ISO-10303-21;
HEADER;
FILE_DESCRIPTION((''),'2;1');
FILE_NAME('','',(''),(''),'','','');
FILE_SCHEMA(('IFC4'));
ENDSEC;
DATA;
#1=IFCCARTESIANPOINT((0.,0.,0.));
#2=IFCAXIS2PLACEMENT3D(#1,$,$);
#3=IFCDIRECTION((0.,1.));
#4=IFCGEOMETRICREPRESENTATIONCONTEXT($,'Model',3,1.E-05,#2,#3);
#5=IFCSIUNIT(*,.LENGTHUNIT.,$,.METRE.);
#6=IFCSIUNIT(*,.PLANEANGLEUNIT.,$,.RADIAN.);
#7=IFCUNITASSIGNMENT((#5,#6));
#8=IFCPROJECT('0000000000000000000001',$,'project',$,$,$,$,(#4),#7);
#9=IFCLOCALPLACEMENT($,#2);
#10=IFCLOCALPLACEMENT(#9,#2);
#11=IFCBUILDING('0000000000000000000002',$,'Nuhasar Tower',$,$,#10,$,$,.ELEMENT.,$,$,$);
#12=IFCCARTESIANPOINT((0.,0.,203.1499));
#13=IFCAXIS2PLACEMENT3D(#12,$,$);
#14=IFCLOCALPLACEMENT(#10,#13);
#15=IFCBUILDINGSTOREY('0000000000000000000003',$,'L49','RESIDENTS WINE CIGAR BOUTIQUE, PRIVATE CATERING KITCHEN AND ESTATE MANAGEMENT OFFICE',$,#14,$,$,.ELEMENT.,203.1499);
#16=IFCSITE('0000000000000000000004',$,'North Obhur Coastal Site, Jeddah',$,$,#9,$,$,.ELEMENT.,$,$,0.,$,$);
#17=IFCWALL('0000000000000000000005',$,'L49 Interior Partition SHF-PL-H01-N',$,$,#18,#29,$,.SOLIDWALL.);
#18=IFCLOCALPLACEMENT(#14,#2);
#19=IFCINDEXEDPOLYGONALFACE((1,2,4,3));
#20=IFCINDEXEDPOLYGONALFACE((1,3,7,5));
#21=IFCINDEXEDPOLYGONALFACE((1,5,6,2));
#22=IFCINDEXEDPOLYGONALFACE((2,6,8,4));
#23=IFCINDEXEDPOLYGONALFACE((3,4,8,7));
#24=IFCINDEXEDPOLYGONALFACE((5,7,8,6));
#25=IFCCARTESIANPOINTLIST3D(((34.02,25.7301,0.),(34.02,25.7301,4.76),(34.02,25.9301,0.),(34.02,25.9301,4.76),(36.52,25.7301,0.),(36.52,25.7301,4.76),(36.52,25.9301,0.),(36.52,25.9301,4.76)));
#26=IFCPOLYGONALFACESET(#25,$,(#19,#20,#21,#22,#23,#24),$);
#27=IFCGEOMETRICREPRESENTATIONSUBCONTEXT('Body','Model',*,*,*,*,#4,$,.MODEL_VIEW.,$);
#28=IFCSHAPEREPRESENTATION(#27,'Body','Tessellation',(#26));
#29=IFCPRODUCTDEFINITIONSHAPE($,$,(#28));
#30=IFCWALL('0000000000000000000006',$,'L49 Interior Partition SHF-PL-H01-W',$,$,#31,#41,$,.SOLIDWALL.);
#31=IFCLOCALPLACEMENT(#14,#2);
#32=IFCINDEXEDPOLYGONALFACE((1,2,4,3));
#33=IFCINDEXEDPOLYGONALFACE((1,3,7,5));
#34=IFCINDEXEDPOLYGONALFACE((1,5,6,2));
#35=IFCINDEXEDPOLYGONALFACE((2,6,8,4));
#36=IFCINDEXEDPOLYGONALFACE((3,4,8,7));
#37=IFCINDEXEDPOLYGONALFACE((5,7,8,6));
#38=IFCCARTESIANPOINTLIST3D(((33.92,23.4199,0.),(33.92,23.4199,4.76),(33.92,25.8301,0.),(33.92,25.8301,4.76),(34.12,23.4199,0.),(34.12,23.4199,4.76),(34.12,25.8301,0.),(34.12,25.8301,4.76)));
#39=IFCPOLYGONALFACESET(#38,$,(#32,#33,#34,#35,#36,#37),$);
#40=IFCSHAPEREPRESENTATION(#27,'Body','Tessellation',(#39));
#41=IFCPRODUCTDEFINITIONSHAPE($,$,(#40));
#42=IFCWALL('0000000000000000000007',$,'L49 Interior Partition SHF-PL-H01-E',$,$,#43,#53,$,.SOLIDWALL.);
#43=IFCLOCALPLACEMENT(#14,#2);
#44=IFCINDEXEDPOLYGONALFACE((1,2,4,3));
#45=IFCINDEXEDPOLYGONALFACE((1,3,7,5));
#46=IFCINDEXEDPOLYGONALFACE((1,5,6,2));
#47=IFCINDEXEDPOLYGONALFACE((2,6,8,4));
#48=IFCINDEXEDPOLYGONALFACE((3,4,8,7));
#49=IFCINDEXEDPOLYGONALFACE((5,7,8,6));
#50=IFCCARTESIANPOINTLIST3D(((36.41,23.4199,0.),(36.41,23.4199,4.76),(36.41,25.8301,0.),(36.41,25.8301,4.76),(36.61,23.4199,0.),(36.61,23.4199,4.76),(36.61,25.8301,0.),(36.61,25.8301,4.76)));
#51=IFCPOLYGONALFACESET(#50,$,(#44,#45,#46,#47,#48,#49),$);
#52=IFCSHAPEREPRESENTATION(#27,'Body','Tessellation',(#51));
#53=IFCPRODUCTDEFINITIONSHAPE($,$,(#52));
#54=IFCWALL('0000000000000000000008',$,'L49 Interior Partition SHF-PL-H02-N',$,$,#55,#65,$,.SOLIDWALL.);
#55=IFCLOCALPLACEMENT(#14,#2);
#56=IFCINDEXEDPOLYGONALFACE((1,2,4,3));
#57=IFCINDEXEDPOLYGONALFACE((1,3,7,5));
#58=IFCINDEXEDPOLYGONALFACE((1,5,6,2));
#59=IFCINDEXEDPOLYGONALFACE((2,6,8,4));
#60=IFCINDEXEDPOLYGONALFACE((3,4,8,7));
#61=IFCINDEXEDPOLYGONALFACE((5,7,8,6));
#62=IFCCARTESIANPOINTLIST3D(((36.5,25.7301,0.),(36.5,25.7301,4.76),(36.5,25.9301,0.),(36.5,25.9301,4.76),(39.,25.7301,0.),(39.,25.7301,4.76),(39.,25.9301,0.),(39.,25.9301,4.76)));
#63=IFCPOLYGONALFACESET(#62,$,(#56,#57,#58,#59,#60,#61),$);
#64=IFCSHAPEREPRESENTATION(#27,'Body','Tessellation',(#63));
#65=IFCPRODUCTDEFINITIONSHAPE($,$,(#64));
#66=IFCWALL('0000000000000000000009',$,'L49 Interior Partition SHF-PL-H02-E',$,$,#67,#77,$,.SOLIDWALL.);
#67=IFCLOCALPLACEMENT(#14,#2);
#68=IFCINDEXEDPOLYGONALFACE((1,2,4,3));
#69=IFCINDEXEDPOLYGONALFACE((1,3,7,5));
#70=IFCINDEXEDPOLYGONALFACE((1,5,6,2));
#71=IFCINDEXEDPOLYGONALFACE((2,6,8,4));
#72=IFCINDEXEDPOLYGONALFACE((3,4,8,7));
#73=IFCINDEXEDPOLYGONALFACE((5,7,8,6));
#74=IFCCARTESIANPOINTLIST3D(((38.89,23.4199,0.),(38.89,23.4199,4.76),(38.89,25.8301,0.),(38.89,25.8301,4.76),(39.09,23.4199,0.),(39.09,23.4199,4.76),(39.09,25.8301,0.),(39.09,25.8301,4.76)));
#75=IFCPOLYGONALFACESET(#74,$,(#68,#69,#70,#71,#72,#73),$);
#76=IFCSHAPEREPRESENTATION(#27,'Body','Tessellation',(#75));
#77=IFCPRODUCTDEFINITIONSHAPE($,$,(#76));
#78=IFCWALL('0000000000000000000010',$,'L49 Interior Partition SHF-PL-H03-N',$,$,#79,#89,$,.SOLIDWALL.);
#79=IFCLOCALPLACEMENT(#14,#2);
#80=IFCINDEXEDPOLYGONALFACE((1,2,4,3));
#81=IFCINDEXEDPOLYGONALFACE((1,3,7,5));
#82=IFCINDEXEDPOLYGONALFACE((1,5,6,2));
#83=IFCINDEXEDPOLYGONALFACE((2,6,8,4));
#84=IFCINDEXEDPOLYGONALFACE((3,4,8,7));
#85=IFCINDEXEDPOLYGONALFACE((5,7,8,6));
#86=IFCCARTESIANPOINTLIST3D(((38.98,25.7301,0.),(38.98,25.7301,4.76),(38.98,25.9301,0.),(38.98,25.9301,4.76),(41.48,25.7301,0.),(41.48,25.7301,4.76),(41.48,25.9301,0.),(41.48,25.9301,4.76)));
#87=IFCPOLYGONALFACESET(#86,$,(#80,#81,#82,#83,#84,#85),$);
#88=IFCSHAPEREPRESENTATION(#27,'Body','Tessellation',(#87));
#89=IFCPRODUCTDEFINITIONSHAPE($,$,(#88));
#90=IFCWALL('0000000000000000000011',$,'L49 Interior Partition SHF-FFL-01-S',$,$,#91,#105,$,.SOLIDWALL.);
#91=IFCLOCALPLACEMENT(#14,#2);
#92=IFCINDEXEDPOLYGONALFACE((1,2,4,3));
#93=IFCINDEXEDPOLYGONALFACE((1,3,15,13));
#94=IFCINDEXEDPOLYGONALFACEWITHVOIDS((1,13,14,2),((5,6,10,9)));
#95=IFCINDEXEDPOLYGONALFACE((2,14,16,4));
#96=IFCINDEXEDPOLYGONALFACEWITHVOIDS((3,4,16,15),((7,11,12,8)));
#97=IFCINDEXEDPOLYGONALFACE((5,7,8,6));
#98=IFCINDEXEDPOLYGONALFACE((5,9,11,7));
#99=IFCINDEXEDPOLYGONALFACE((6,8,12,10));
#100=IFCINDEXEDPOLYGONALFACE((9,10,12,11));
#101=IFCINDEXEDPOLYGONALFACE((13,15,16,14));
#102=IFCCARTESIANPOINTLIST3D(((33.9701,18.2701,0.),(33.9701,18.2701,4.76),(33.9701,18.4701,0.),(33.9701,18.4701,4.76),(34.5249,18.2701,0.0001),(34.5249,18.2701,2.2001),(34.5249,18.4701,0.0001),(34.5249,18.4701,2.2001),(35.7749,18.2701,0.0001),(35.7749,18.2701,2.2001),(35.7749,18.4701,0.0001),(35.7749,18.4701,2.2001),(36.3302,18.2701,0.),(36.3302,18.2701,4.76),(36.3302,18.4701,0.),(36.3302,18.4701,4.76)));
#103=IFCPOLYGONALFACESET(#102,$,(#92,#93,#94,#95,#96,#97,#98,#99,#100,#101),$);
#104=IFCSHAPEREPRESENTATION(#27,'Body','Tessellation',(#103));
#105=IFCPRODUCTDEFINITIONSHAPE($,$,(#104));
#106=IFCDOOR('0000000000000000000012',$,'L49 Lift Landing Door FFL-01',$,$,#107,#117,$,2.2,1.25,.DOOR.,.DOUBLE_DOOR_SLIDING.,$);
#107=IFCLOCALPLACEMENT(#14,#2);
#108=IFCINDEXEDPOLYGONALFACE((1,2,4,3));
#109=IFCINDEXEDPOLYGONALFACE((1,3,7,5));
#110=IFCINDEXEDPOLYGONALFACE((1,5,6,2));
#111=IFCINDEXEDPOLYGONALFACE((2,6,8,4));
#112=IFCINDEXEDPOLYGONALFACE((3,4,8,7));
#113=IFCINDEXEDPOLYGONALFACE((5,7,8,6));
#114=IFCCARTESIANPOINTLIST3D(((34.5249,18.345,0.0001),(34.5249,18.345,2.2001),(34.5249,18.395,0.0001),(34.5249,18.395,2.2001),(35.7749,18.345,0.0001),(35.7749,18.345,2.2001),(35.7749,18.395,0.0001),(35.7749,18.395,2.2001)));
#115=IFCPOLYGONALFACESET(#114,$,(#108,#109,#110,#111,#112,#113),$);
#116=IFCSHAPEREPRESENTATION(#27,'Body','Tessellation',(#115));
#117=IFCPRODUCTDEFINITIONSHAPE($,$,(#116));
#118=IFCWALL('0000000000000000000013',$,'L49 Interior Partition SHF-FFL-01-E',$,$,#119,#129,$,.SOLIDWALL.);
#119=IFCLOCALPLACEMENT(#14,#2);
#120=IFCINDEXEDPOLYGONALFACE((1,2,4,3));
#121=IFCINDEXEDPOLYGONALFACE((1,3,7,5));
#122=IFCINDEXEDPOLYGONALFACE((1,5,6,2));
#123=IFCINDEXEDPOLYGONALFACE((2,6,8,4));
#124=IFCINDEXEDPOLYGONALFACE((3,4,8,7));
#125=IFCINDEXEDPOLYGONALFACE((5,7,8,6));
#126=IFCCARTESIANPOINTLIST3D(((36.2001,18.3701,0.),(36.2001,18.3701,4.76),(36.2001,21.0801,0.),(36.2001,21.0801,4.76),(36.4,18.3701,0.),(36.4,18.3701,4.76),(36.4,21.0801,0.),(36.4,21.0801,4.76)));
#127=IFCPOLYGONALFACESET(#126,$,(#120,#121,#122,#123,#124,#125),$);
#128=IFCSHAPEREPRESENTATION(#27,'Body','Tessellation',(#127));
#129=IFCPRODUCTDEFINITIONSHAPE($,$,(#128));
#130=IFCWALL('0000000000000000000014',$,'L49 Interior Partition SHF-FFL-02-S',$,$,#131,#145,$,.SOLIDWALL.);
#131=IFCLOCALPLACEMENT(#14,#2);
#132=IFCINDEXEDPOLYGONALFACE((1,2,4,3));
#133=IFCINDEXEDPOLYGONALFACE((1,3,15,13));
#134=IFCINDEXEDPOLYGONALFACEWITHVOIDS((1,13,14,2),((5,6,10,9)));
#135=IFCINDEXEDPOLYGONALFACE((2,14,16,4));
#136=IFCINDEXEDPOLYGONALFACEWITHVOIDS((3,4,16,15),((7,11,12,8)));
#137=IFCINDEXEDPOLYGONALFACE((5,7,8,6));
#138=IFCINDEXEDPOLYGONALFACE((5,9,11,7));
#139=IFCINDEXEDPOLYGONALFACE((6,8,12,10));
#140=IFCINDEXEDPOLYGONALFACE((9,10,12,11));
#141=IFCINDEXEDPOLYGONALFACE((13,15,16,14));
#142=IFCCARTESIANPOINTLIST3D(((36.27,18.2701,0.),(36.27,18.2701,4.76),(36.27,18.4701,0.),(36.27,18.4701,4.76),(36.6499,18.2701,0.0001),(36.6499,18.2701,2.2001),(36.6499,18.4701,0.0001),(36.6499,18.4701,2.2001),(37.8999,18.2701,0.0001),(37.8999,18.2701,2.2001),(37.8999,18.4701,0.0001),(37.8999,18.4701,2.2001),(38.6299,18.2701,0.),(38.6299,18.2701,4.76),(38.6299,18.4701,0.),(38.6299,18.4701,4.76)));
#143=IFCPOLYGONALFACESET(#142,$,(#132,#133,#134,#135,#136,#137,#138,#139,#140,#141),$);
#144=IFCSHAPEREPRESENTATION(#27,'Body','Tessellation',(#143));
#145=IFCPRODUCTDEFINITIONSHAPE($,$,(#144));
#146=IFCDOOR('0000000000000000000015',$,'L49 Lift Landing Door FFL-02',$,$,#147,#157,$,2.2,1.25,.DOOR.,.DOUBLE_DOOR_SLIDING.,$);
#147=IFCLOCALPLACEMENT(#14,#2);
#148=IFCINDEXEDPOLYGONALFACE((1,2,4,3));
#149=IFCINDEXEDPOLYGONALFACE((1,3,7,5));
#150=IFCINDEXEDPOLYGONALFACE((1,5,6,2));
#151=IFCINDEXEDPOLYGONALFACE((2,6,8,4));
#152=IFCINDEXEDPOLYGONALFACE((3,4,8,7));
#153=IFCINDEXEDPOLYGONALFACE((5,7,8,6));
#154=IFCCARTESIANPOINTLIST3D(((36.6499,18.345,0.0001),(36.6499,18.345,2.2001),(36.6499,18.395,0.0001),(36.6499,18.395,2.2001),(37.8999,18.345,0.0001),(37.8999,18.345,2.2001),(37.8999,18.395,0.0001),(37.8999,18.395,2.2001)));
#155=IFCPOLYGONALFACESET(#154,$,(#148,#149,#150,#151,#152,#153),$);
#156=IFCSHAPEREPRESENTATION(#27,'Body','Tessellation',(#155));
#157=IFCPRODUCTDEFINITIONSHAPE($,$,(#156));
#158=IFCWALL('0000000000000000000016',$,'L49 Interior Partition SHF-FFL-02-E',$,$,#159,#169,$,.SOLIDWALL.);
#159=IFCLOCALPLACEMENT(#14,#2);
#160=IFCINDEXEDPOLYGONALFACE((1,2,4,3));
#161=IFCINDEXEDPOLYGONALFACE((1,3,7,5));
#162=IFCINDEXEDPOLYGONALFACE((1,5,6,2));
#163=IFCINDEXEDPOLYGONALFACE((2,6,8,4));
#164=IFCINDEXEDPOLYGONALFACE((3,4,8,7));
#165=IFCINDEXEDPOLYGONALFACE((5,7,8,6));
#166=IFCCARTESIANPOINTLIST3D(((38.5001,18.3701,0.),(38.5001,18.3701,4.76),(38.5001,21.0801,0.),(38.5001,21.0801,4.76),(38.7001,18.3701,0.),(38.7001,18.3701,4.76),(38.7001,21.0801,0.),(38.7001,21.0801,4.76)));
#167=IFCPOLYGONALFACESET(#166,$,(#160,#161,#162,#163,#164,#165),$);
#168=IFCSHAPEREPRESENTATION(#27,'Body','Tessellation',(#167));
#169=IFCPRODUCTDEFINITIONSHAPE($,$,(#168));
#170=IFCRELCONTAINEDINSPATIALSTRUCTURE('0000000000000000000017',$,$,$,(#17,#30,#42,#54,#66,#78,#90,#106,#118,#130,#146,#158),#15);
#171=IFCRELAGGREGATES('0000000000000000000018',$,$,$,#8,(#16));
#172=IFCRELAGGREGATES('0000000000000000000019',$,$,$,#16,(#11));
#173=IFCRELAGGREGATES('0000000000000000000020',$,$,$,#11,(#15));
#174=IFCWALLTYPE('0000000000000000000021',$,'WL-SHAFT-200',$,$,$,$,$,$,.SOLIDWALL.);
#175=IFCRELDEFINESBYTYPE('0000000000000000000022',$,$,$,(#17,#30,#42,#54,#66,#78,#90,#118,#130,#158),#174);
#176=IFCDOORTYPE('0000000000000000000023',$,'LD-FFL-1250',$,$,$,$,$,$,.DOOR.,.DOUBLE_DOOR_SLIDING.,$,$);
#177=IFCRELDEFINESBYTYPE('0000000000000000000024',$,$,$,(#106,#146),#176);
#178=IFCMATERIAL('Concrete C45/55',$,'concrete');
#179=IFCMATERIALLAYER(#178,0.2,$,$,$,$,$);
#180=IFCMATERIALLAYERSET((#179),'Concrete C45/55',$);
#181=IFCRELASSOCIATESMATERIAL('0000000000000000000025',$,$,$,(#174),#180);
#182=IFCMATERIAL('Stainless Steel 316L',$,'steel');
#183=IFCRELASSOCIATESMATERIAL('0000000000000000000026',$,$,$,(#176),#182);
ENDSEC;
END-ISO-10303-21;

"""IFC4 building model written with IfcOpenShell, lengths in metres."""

from ifc_helpers import new_model, si_unit, direction, frame, frame_2d, origin, place, context, subcontext, project, spatial, rectangle, extrude, material, layer, layer_set, type_object, element, fill, save


model = new_model("IFC4")

# Units and contexts
model_context = context("Model", 3, precision=1e-05, world=origin(), true_north=direction((0.0, 1.0)))
body_context = subcontext(model_context, "Body", "Model", "MODEL_VIEW")
ifc_project = project(units=[si_unit("LENGTHUNIT", "METRE"), si_unit("PLANEANGLEUNIT", "RADIAN")], contexts=[model_context])

# Site, building, storey
site_placement = place(None, origin())
site = spatial("IfcSite", under=ifc_project, at=site_placement, Name="North Obhur Coastal Site, Jeddah", CompositionType="ELEMENT", RefElevation=0.0)
building_placement = place(site_placement, origin())
building = spatial("IfcBuilding", under=site, at=building_placement, Name="Nuhasar Tower", CompositionType="ELEMENT")
storey_placement = place(building_placement, frame((0.0, 0.0, 203.1499)))
storey = spatial("IfcBuildingStorey", under=building, at=storey_placement, Name="L49", Description="RESIDENTS WINE CIGAR BOUTIQUE, PRIVATE CATERING KITCHEN AND ESTATE MANAGEMENT OFFICE", CompositionType="ELEMENT", Elevation=203.1499)

# Shared definitions
ifc_material_1 = material(Name="Concrete C45/55", Category="concrete")
ifc_layer = layer(ifc_material_1, 0.2)
ifc_layer_set = layer_set([ifc_layer], Name="Concrete C45/55")
wall_type = type_object("IfcWallType", Name="WL-SHAFT-200", PredefinedType="SOLIDWALL", material=ifc_layer_set)
ifc_material_2 = material(Name="Stainless Steel 316L", Category="steel")

# Walls
wall_1_placement = place(storey_placement, frame((34.02, 25.8301, 0.0), z_axis=(0.0, 0.0, 1.0), x_axis=(1.0, 0.0, 0.0)))
element("IfcWall", 1, at=wall_1_placement, inside=storey, type_object=wall_type, Name="L49 Interior Partition SHF-PL-H01-N", PredefinedType="SOLIDWALL", context=body_context, shape_type="SweptSolid", body=[
    extrude(rectangle(XDim=2.5, YDim=0.2, at=frame_2d((1.25, 0.0))), origin(), (0.0, 0.0, 1.0), 4.76),
])
for number, where, z_axis, x_axis, name in (
    (2, (34.02, 23.4199, 0.0), (0.0, 0.0, 1.0), (0.0, 1.0, 0.0), "L49 Interior Partition SHF-PL-H01-W"),
    (3, (36.51, 23.4199, 0.0), (0.0, 0.0, 1.0), (0.0, 1.0, 0.0), "L49 Interior Partition SHF-PL-H01-E"),
):
    element("IfcWall", number, at=place(storey_placement, frame(where, z_axis=z_axis, x_axis=x_axis)), inside=storey, type_object=wall_type, Name=name, PredefinedType="SOLIDWALL", context=body_context, shape_type="SweptSolid", body=[
        extrude(rectangle(XDim=2.4102, YDim=0.2, at=frame_2d((1.2051, 0.0))), origin(), (0.0, 0.0, 1.0), 4.76),
    ])

# Walls
wall_2_placement = place(storey_placement, frame((36.5, 25.8301, 0.0), z_axis=(0.0, 0.0, 1.0), x_axis=(1.0, 0.0, 0.0)))
element("IfcWall", 4, at=wall_2_placement, inside=storey, type_object=wall_type, Name="L49 Interior Partition SHF-PL-H02-N", PredefinedType="SOLIDWALL", context=body_context, shape_type="SweptSolid", body=[
    extrude(rectangle(XDim=2.5, YDim=0.2, at=frame_2d((1.25, 0.0))), origin(), (0.0, 0.0, 1.0), 4.76),
])
wall_3_placement = place(storey_placement, frame((38.99, 23.4199, 0.0), z_axis=(0.0, 0.0, 1.0), x_axis=(0.0, 1.0, 0.0)))
element("IfcWall", 5, at=wall_3_placement, inside=storey, type_object=wall_type, Name="L49 Interior Partition SHF-PL-H02-E", PredefinedType="SOLIDWALL", context=body_context, shape_type="SweptSolid", body=[
    extrude(rectangle(XDim=2.4102, YDim=0.2, at=frame_2d((1.2051, 0.0))), origin(), (0.0, 0.0, 1.0), 4.76),
])

# Wall
wall_4_placement = place(storey_placement, frame((38.98, 25.8301, 0.0), z_axis=(0.0, 0.0, 1.0), x_axis=(1.0, 0.0, 0.0)))
element("IfcWall", 6, at=wall_4_placement, inside=storey, type_object=wall_type, Name="L49 Interior Partition SHF-PL-H03-N", PredefinedType="SOLIDWALL", context=body_context, shape_type="SweptSolid", body=[
    extrude(rectangle(XDim=2.5, YDim=0.2, at=frame_2d((1.25, 0.0))), origin(), (0.0, 0.0, 1.0), 4.76),
])

# Wall, opening, door
wall_5_placement = place(storey_placement, frame((33.97, 18.3701, 0.0), z_axis=(0.0, 0.0, 1.0), x_axis=(1.0, 0.0, 0.0)))
wall_5 = element("IfcWall", 7, at=wall_5_placement, inside=storey, type_object=wall_type, Name="L49 Interior Partition SHF-FFL-01-S", PredefinedType="SOLIDWALL", context=body_context, shape_type="SweptSolid", body=[
    extrude(rectangle(XDim=2.3601, YDim=0.2, at=frame_2d((1.1802, 0.0))), origin(), (0.0, 0.0, 1.0), 4.76),
])
opening_1_placement = place(wall_5_placement, frame((0.5549, 0.0, 0.0)))
opening_1 = element("IfcOpeningElement", 8, at=opening_1_placement, cuts=wall_5, PredefinedType="OPENING", context=body_context, shape_type="SweptSolid", body=[
    extrude(rectangle(XDim=1.25, YDim=2.2, at=frame_2d((0.625, 1.1001))), frame((0.0, 0.1099, 0.0), z_axis=(0.0, -1.0, 0.0), x_axis=(1.0, 0.0, 0.0)), (0.0, 0.0, 1.0), 0.22),
])
door_type_1 = type_object("IfcDoorType", Name="LD-FFL-1250", OperationType="DOUBLE_DOOR_SLIDING", PredefinedType="DOOR", material=ifc_material_2)
door_1_placement = place(opening_1_placement, origin())
door_1 = element("IfcDoor", 9, at=door_1_placement, inside=storey, type_object=door_type_1, Name="L49 Lift Landing Door FFL-01", OperationType="DOUBLE_DOOR_SLIDING", OverallHeight=2.2, OverallWidth=1.25, PredefinedType="DOOR", context=body_context, shape_type="SweptSolid", body=[
    extrude(rectangle(XDim=1.25, YDim=2.2, at=frame_2d((0.625, 1.1001))), frame((0.0, 0.0249, 0.0), z_axis=(0.0, -1.0, 0.0), x_axis=(1.0, 0.0, 0.0)), (0.0, 0.0, 1.0), 0.05),
])
fill(opening_1, door_1)

# Wall
wall_6_placement = place(storey_placement, frame((36.3, 18.3701, 0.0), z_axis=(0.0, 0.0, 1.0), x_axis=(0.0, 1.0, 0.0)))
element("IfcWall", 10, at=wall_6_placement, inside=storey, type_object=wall_type, Name="L49 Interior Partition SHF-FFL-01-E", PredefinedType="SOLIDWALL", context=body_context, shape_type="SweptSolid", body=[
    extrude(rectangle(XDim=2.71, YDim=0.2, at=frame_2d((1.355, 0.0))), origin(), (0.0, 0.0, 1.0), 4.76),
])

# Wall, opening, door
wall_7_placement = place(storey_placement, frame((36.27, 18.3701, 0.0), z_axis=(0.0, 0.0, 1.0), x_axis=(1.0, 0.0, 0.0)))
wall_7 = element("IfcWall", 11, at=wall_7_placement, inside=storey, type_object=wall_type, Name="L49 Interior Partition SHF-FFL-02-S", PredefinedType="SOLIDWALL", context=body_context, shape_type="SweptSolid", body=[
    extrude(rectangle(XDim=2.3599, YDim=0.2, at=frame_2d((1.1799, 0.0))), origin(), (0.0, 0.0, 1.0), 4.76),
])
opening_2_placement = place(wall_7_placement, frame((0.3799, 0.0, 0.0)))
opening_2 = element("IfcOpeningElement", 12, at=opening_2_placement, cuts=wall_7, PredefinedType="OPENING", context=body_context, shape_type="SweptSolid", body=[
    extrude(rectangle(XDim=1.25, YDim=2.2, at=frame_2d((0.625, 1.1001))), frame((0.0, 0.1099, 0.0), z_axis=(0.0, -1.0, 0.0), x_axis=(1.0, 0.0, 0.0)), (0.0, 0.0, 1.0), 0.22),
])
door_2_placement = place(opening_2_placement, origin())
door_2 = element("IfcDoor", 13, at=door_2_placement, inside=storey, type_object=door_type_1, Name="L49 Lift Landing Door FFL-02", OperationType="DOUBLE_DOOR_SLIDING", OverallHeight=2.2, OverallWidth=1.25, PredefinedType="DOOR", context=body_context, shape_type="SweptSolid", body=[
    extrude(rectangle(XDim=1.25, YDim=2.2, at=frame_2d((0.625, 1.1001))), frame((0.0, 0.0249, 0.0), z_axis=(0.0, -1.0, 0.0), x_axis=(1.0, 0.0, 0.0)), (0.0, 0.0, 1.0), 0.05),
])
fill(opening_2, door_2)

# Wall
wall_8_placement = place(storey_placement, frame((38.6001, 18.3701, 0.0), z_axis=(0.0, 0.0, 1.0), x_axis=(0.0, 1.0, 0.0)))
element("IfcWall", 14, at=wall_8_placement, inside=storey, type_object=wall_type, Name="L49 Interior Partition SHF-FFL-02-E", PredefinedType="SOLIDWALL", context=body_context, shape_type="SweptSolid", body=[
    extrude(rectangle(XDim=2.71, YDim=0.2, at=frame_2d((1.355, 0.0))), origin(), (0.0, 0.0, 1.0), 4.76),
])

save(model, "model.ifc")
